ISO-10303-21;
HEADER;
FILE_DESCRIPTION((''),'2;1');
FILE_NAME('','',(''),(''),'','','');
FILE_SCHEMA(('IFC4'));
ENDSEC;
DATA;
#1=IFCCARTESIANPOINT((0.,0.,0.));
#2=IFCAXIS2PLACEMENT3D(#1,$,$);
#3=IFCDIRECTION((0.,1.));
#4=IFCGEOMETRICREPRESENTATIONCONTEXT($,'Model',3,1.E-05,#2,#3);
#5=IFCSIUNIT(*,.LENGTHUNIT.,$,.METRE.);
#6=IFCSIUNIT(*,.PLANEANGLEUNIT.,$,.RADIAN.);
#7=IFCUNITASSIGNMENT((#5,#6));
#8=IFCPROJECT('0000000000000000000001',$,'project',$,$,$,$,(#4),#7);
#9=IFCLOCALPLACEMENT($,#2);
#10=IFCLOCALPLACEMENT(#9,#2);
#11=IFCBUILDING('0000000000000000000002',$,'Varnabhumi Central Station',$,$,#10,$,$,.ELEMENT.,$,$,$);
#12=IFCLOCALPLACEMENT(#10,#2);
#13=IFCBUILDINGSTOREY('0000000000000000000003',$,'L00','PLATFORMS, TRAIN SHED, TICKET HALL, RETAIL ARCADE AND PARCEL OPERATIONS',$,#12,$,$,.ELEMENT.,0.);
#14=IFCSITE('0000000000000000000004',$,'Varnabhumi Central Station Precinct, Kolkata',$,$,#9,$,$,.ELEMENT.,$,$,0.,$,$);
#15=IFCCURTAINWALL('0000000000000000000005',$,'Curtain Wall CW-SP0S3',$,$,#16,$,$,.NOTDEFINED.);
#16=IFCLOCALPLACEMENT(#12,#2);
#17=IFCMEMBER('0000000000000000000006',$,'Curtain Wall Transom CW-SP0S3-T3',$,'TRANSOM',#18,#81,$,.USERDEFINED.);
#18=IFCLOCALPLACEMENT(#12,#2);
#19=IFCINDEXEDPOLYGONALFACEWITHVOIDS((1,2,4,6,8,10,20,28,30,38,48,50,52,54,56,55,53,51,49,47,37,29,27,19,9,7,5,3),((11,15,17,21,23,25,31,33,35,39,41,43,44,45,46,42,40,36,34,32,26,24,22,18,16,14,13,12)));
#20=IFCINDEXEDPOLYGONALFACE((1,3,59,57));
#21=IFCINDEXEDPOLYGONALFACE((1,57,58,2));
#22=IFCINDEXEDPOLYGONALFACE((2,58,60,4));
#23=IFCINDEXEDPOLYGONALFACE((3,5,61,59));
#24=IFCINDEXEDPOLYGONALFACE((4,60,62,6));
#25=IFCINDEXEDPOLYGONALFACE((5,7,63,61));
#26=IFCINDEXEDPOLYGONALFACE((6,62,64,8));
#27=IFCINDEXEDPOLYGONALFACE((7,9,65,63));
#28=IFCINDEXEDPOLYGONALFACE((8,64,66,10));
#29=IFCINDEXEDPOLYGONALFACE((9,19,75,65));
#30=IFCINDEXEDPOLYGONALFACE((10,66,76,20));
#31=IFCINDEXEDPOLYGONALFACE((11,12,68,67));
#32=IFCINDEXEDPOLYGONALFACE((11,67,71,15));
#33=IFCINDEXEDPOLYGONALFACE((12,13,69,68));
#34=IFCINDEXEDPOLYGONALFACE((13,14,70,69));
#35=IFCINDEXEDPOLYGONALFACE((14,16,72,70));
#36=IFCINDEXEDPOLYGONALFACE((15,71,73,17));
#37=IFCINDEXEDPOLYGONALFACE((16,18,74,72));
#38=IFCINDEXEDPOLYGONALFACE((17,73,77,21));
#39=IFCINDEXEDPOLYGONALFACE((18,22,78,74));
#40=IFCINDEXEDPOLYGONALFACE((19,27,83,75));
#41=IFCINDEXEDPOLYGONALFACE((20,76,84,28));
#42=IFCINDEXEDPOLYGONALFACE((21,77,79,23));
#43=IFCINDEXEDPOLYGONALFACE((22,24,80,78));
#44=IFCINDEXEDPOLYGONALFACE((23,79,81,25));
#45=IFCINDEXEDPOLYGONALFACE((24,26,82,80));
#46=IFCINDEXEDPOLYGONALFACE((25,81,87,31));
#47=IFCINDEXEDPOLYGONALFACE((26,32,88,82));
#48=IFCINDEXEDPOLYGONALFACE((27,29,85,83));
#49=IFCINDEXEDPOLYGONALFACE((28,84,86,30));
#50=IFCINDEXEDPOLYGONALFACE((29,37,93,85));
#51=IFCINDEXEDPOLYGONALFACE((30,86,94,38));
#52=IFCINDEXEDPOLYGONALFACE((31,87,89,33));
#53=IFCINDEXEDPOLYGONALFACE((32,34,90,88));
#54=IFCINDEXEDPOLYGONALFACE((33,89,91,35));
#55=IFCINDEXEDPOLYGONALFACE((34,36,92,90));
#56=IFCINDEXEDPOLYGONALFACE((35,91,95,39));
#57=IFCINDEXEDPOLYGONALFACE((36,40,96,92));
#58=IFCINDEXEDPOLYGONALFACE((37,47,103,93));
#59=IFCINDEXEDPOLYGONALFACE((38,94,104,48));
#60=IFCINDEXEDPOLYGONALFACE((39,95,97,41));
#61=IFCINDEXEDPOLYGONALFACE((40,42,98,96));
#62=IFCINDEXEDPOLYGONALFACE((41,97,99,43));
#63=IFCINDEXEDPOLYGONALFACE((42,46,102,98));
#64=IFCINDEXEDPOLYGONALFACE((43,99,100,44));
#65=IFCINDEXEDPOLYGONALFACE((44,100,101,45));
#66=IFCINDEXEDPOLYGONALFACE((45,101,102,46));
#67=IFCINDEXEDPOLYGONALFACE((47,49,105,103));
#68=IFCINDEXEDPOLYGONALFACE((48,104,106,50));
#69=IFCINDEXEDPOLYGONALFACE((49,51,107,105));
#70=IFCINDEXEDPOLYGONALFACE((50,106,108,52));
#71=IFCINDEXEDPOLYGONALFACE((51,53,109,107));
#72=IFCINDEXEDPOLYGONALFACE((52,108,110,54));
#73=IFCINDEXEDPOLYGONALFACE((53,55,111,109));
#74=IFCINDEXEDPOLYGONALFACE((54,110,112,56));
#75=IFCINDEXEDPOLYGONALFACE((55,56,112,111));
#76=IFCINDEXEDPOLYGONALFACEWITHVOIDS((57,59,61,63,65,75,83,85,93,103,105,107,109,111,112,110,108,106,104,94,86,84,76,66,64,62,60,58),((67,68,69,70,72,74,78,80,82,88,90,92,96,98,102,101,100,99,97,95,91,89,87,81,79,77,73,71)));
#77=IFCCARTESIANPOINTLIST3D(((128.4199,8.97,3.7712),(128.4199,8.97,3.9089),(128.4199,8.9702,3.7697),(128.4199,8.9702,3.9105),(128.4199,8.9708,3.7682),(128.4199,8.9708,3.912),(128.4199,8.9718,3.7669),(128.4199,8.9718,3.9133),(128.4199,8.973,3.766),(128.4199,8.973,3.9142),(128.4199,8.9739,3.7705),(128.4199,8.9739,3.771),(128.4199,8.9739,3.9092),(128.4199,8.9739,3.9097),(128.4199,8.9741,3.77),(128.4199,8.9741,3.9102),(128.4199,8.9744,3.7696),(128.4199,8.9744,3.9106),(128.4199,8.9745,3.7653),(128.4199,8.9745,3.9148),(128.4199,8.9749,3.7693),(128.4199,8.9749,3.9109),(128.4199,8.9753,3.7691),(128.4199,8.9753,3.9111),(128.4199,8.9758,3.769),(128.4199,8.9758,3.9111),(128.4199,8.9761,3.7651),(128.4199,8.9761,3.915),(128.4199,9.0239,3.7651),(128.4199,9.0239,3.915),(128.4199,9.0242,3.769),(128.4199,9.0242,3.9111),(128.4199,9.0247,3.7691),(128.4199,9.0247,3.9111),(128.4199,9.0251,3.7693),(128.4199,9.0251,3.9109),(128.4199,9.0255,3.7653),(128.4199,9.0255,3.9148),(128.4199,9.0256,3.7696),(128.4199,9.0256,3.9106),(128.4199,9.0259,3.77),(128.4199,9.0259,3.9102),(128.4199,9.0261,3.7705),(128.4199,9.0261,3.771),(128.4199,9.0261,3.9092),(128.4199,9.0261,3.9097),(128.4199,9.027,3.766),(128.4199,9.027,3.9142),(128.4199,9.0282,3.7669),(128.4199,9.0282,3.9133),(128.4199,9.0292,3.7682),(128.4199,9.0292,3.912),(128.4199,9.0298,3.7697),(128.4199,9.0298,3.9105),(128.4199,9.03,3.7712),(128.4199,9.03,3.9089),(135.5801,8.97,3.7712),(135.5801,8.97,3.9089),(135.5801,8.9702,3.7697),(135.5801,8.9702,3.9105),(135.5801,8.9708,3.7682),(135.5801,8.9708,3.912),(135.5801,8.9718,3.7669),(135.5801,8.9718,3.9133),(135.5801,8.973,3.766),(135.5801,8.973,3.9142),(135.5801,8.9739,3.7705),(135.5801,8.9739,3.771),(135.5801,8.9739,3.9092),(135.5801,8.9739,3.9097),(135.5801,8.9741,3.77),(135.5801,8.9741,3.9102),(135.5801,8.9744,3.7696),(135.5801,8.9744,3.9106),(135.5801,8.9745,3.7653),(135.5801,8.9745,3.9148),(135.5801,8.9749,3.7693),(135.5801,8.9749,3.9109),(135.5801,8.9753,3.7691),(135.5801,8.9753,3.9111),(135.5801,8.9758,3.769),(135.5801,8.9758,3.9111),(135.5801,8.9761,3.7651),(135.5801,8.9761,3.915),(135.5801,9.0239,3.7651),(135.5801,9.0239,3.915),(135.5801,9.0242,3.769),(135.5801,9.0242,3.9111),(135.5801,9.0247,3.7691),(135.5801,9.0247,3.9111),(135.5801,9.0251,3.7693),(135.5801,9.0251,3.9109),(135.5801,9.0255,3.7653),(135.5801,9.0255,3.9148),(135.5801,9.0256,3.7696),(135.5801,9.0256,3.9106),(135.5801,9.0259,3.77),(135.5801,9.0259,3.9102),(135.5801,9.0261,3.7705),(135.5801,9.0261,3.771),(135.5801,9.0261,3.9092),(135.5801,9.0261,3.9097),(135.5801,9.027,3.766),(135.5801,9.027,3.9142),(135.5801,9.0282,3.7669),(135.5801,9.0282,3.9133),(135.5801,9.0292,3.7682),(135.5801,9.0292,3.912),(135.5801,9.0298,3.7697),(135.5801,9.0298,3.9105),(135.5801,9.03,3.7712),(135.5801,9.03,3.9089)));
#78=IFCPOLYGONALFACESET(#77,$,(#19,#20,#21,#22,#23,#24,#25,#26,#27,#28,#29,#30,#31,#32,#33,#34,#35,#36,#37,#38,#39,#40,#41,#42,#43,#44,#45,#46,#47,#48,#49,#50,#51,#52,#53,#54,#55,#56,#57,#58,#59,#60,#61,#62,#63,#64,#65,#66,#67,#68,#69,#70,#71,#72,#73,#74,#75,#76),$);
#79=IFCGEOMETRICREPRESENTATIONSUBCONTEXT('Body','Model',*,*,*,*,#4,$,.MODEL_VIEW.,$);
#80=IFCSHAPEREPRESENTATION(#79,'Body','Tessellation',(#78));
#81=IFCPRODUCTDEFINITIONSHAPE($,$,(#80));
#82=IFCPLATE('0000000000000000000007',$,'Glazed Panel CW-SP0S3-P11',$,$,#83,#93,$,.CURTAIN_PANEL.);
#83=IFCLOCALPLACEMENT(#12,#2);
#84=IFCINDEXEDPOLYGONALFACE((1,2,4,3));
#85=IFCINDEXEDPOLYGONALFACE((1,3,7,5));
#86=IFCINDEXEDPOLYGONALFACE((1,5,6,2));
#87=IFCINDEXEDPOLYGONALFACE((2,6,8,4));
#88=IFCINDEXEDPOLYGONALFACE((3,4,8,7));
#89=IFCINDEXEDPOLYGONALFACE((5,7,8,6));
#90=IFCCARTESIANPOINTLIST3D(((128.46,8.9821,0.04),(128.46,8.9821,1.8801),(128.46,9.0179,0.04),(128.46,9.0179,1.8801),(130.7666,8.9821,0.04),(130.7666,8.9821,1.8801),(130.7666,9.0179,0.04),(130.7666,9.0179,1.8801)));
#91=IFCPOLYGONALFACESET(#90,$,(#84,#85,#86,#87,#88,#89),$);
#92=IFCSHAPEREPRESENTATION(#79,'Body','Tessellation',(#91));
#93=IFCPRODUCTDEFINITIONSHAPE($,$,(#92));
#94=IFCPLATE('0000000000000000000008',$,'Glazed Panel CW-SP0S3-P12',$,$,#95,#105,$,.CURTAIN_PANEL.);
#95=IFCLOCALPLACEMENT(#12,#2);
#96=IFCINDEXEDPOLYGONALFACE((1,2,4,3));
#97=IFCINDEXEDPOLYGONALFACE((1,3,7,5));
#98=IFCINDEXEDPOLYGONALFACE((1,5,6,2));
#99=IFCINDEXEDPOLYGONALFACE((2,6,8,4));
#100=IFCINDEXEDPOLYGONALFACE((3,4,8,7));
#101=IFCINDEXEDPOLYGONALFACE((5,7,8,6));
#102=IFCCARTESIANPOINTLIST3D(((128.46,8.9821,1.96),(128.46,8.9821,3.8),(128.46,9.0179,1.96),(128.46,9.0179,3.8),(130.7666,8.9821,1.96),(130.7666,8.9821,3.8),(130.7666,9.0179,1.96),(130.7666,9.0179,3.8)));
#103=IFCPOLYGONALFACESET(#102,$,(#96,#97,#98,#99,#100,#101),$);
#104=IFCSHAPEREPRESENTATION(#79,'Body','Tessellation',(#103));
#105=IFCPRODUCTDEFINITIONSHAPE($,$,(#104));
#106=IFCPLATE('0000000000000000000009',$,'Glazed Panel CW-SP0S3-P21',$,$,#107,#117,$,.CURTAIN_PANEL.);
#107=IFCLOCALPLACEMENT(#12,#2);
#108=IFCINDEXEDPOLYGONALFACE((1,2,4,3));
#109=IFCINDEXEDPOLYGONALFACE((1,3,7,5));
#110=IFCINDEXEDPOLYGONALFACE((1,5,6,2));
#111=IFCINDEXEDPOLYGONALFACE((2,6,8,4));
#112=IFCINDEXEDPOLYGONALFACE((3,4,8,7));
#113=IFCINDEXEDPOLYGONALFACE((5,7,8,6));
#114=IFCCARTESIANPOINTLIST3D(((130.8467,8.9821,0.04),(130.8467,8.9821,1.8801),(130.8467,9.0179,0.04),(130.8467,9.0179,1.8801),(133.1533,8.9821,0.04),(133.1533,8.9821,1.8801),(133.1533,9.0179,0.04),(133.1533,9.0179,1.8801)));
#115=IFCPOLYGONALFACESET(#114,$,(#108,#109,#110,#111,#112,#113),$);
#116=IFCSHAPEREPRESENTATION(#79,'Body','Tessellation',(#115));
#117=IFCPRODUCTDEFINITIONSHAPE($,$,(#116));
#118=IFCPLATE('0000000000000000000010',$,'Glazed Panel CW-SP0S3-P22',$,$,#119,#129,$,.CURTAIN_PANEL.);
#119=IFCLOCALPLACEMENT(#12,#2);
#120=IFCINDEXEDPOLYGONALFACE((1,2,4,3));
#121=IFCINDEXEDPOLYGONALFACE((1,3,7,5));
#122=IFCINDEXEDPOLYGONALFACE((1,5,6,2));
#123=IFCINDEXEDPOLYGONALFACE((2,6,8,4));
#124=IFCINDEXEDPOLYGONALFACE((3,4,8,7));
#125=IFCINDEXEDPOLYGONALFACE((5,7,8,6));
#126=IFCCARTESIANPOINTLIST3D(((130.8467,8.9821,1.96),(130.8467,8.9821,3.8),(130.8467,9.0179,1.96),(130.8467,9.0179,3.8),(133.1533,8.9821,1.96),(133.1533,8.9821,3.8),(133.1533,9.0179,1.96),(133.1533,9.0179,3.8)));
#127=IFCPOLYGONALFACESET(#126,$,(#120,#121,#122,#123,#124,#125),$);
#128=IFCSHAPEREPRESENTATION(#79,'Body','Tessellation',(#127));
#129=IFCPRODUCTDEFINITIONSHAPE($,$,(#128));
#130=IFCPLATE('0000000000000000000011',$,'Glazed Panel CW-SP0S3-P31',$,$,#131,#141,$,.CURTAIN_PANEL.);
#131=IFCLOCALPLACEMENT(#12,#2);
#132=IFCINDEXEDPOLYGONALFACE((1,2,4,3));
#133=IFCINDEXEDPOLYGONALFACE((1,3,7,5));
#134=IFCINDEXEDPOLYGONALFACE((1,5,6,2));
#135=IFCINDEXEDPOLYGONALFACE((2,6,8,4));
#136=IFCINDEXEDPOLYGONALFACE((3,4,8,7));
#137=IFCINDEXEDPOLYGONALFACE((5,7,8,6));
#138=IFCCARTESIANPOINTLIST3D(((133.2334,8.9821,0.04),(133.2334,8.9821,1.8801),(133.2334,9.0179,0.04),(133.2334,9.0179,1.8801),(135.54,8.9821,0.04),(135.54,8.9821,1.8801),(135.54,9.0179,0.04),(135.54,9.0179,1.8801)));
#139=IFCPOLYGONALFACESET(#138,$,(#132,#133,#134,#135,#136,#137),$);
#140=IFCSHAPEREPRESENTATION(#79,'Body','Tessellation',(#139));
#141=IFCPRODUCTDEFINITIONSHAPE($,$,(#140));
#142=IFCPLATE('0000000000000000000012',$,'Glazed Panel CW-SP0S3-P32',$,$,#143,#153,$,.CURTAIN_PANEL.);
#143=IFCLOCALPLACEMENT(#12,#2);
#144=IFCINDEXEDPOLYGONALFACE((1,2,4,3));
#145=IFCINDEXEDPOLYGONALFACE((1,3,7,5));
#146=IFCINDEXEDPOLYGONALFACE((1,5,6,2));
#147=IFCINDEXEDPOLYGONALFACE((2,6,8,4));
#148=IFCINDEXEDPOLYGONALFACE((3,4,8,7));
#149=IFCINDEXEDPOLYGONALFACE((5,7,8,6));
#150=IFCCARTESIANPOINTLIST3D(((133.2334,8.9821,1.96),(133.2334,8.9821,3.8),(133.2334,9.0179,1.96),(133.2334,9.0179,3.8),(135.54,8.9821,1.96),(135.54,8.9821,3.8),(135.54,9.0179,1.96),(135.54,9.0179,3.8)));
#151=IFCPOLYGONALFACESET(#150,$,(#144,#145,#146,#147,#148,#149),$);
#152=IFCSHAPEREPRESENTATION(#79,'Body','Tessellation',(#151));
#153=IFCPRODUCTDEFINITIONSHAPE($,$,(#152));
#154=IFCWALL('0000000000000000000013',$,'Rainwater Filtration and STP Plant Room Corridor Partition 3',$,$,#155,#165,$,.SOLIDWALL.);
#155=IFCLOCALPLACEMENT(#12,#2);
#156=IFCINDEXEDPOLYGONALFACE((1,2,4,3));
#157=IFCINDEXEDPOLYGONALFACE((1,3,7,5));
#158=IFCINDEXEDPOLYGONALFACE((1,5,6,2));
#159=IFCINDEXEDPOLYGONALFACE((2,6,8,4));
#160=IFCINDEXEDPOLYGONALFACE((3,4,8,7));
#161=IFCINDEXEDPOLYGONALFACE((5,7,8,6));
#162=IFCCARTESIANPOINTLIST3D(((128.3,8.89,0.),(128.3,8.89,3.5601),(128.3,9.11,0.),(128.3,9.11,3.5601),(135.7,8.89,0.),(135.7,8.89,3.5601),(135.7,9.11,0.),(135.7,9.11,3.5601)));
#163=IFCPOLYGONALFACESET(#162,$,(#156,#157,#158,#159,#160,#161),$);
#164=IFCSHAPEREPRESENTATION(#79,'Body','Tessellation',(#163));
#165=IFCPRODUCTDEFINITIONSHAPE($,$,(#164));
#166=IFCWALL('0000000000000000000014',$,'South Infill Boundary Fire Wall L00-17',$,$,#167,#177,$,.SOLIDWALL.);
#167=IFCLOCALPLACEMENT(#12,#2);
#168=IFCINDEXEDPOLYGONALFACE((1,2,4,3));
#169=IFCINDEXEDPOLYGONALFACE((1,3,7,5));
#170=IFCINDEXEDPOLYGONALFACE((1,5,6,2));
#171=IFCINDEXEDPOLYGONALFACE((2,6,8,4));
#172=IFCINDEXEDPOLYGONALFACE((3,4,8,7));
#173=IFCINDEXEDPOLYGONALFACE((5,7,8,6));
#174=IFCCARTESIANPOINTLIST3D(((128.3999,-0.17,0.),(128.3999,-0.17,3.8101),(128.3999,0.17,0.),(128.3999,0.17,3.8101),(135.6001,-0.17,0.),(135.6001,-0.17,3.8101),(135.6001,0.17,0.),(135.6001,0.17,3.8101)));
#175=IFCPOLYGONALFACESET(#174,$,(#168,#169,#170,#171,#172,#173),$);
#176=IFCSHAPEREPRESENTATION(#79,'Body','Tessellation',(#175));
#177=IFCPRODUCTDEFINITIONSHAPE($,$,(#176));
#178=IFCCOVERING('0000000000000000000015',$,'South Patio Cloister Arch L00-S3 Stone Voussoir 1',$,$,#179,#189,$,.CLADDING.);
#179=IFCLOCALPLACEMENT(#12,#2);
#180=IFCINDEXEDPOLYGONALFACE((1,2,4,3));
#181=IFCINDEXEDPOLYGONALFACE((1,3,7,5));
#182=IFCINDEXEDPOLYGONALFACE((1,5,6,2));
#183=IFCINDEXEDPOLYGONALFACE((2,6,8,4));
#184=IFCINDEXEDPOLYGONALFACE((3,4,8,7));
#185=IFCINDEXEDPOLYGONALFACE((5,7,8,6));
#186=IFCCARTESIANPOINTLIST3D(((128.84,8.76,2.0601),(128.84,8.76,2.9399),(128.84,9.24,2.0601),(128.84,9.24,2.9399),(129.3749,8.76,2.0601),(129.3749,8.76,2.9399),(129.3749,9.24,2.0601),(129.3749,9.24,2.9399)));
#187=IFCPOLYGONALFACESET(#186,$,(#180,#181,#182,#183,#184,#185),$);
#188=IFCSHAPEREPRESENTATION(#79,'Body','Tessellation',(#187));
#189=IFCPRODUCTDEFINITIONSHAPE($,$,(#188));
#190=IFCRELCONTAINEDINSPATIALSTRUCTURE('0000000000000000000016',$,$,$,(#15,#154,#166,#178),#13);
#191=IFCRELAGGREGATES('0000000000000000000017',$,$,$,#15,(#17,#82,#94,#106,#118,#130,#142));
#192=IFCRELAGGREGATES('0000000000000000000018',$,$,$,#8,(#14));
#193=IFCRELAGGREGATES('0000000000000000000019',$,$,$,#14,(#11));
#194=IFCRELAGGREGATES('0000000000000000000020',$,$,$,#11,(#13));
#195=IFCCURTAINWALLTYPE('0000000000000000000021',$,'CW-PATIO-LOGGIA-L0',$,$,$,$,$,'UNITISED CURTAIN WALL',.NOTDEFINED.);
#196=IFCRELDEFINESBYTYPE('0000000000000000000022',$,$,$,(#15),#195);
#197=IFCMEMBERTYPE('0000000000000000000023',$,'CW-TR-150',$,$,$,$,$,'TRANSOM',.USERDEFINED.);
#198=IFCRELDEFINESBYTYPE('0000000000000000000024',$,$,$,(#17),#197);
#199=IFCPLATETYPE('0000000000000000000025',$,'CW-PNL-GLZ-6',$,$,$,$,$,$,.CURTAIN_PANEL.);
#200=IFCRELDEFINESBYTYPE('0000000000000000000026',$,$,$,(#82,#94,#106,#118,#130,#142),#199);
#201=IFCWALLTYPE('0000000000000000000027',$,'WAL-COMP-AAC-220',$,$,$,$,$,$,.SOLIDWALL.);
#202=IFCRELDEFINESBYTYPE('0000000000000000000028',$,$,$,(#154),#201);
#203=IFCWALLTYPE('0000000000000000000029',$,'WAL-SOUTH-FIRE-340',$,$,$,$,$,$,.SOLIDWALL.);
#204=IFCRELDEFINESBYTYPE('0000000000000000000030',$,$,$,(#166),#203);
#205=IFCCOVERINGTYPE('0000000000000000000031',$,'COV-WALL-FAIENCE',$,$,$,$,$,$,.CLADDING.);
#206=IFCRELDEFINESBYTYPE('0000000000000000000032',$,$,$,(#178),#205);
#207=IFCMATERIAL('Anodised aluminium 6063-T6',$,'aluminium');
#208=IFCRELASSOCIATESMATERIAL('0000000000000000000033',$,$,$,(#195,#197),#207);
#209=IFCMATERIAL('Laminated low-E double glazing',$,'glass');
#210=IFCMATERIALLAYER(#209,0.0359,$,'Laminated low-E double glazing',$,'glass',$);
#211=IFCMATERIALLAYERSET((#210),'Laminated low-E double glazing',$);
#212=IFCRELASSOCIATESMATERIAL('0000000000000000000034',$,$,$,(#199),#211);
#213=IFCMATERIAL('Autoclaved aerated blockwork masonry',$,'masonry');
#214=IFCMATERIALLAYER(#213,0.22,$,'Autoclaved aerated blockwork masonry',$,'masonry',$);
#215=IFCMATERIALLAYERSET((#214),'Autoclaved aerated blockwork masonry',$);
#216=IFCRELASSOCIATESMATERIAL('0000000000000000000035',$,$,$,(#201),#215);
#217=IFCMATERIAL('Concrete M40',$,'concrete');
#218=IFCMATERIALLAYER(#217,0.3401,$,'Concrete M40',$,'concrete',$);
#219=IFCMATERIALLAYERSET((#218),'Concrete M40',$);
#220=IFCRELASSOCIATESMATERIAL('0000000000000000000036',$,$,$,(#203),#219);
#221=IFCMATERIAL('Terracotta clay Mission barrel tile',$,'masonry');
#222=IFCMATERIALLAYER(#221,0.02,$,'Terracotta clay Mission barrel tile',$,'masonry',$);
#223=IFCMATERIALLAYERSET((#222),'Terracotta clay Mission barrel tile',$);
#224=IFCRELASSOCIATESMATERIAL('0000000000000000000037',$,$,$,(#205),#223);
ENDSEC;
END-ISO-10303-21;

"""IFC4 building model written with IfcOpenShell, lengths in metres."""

from ifc_helpers import new_model, si_unit, direction, frame, frame_2d, origin, origin_2d, place, context, subcontext, project, spatial, rectangle, hollow_rectangle, extrude, material, layer, layer_set, material_profile, profile_set, type_object, element, aggregate, save


model = new_model("IFC4")

# Units and contexts
model_context = context("Model", 3, precision=1e-05, world=origin(), true_north=direction((0.0, 1.0)))
body_context = subcontext(model_context, "Body", "Model", "MODEL_VIEW")
ifc_project = project(units=[si_unit("LENGTHUNIT", "METRE"), si_unit("PLANEANGLEUNIT", "RADIAN")], contexts=[model_context])

# Site, building, storey
site_placement = place(None, origin())
site = spatial("IfcSite", under=ifc_project, at=site_placement, Name="Varnabhumi Central Station Precinct, Kolkata", CompositionType="ELEMENT", RefElevation=0.0)
building_placement = place(site_placement, origin())
building = spatial("IfcBuilding", under=site, at=building_placement, Name="Varnabhumi Central Station", CompositionType="ELEMENT")
storey_placement = place(building_placement, origin())
storey = spatial("IfcBuildingStorey", under=building, at=storey_placement, Name="L00", Description="PLATFORMS, TRAIN SHED, TICKET HALL, RETAIL ARCADE AND PARCEL OPERATIONS", CompositionType="ELEMENT", Elevation=0.0)

# Shared definitions
ifc_material_1 = material(Name="Concrete M40", Category="concrete")

# Curtain wall, member, plates
ifc_material_2 = material(Name="Anodised aluminium 6063-T6", Category="aluminium")
curtain_wall_type = type_object("IfcCurtainWallType", Name="CW-PATIO-LOGGIA-L0", ElementType="UNITISED CURTAIN WALL", PredefinedType="NOTDEFINED", material=ifc_material_2)
curtain_wall_placement = place(storey_placement, origin())
curtain_wall = element("IfcCurtainWall", 1, at=curtain_wall_placement, inside=storey, type_object=curtain_wall_type, Name="Curtain Wall CW-SP0S3", PredefinedType="NOTDEFINED")
ifc_material_profile_1 = material_profile(ifc_material_2, hollow_rectangle(XDim=0.0601, YDim=0.1499, WallThickness=0.0039, InnerFilletRadius=0.002, OuterFilletRadius=0.0061, at=origin_2d()), Name="Anodised aluminium 6063-T6", Category="aluminium")
ifc_profile_set_1 = profile_set([ifc_material_profile_1], Name="Anodised aluminium 6063-T6")
member_type_1 = type_object("IfcMemberType", Name="CW-TR-150", ElementType="TRANSOM", PredefinedType="USERDEFINED", material=ifc_profile_set_1)
member_1_placement = place(storey_placement, frame((128.4199, 9.0, 3.8401), z_axis=(1.0, 0.0, 0.0), x_axis=(0.0, 1.0, 0.0)))
member_1 = element("IfcMember", 2, at=member_1_placement, type_object=member_type_1, Name="Curtain Wall Transom CW-SP0S3-T3", ObjectType="TRANSOM", PredefinedType="USERDEFINED", context=body_context, shape_type="SweptSolid", body=[
    extrude(hollow_rectangle(XDim=0.0601, YDim=0.1499, WallThickness=0.0039, InnerFilletRadius=0.002, OuterFilletRadius=0.0061, at=origin_2d()), origin(), (0.0, 0.0, 1.0), 7.1602),
])
ifc_material_3 = material(Name="Laminated low-E double glazing", Category="glass")
ifc_layer_1 = layer(ifc_material_3, 0.0359, Name="Laminated low-E double glazing", Category="glass")
ifc_layer_set_1 = layer_set([ifc_layer_1], Name="Laminated low-E double glazing")
plate_type = type_object("IfcPlateType", Name="CW-PNL-GLZ-6", PredefinedType="CURTAIN_PANEL", material=ifc_layer_set_1)
plate_1_placement = place(storey_placement, frame((129.6133, 9.0, 0.04), z_axis=(0.0, 0.0, 1.0), x_axis=(1.0, 0.0, 0.0)))
plate_1 = element("IfcPlate", 3, at=plate_1_placement, type_object=plate_type, Name="Glazed Panel CW-SP0S3-P11", PredefinedType="CURTAIN_PANEL", context=body_context, shape_type="SweptSolid", body=[
    extrude(rectangle(XDim=2.3066, YDim=0.0359, at=origin_2d()), origin(), (0.0, 0.0, 1.0), 1.8401),
])
plate_2_placement = place(storey_placement, frame((129.6133, 9.0, 1.96), z_axis=(0.0, 0.0, 1.0), x_axis=(1.0, 0.0, 0.0)))
plate_2 = element("IfcPlate", 4, at=plate_2_placement, type_object=plate_type, Name="Glazed Panel CW-SP0S3-P12", PredefinedType="CURTAIN_PANEL", context=body_context, shape_type="SweptSolid", body=[
    extrude(rectangle(XDim=2.3066, YDim=0.0359, at=origin_2d()), origin(), (0.0, 0.0, 1.0), 1.8401),
])
plate_3_placement = place(storey_placement, frame((132.0, 9.0, 0.04), z_axis=(0.0, 0.0, 1.0), x_axis=(1.0, 0.0, 0.0)))
plate_3 = element("IfcPlate", 5, at=plate_3_placement, type_object=plate_type, Name="Glazed Panel CW-SP0S3-P21", PredefinedType="CURTAIN_PANEL", context=body_context, shape_type="SweptSolid", body=[
    extrude(rectangle(XDim=2.3066, YDim=0.0359, at=origin_2d()), origin(), (0.0, 0.0, 1.0), 1.8401),
])
plate_4_placement = place(storey_placement, frame((132.0, 9.0, 1.96), z_axis=(0.0, 0.0, 1.0), x_axis=(1.0, 0.0, 0.0)))
plate_4 = element("IfcPlate", 6, at=plate_4_placement, type_object=plate_type, Name="Glazed Panel CW-SP0S3-P22", PredefinedType="CURTAIN_PANEL", context=body_context, shape_type="SweptSolid", body=[
    extrude(rectangle(XDim=2.3066, YDim=0.0359, at=origin_2d()), origin(), (0.0, 0.0, 1.0), 1.8401),
])
plate_5_placement = place(storey_placement, frame((134.3867, 9.0, 0.04), z_axis=(0.0, 0.0, 1.0), x_axis=(1.0, 0.0, 0.0)))
plate_5 = element("IfcPlate", 7, at=plate_5_placement, type_object=plate_type, Name="Glazed Panel CW-SP0S3-P31", PredefinedType="CURTAIN_PANEL", context=body_context, shape_type="SweptSolid", body=[
    extrude(rectangle(XDim=2.3066, YDim=0.0359, at=origin_2d()), origin(), (0.0, 0.0, 1.0), 1.8401),
])
plate_6_placement = place(storey_placement, frame((134.3867, 9.0, 1.96), z_axis=(0.0, 0.0, 1.0), x_axis=(1.0, 0.0, 0.0)))
plate_6 = element("IfcPlate", 8, at=plate_6_placement, type_object=plate_type, Name="Glazed Panel CW-SP0S3-P32", PredefinedType="CURTAIN_PANEL", context=body_context, shape_type="SweptSolid", body=[
    extrude(rectangle(XDim=2.3066, YDim=0.0359, at=origin_2d()), origin(), (0.0, 0.0, 1.0), 1.8401),
])
aggregate(curtain_wall, [member_1, plate_1, plate_2, plate_3, plate_4, plate_5, plate_6])

# Walls
ifc_material_4 = material(Name="Autoclaved aerated blockwork masonry", Category="masonry")
ifc_layer_2 = layer(ifc_material_4, 0.22, Name="Autoclaved aerated blockwork masonry", Category="masonry")
ifc_layer_set_2 = layer_set([ifc_layer_2], Name="Autoclaved aerated blockwork masonry")
wall_type_1 = type_object("IfcWallType", Name="WAL-COMP-AAC-220", PredefinedType="SOLIDWALL", material=ifc_layer_set_2)
wall_1_placement = place(storey_placement, frame((128.3, 9.0, 0.0), z_axis=(0.0, 0.0, 1.0), x_axis=(1.0, 0.0, 0.0)))
element("IfcWall", 9, at=wall_1_placement, inside=storey, type_object=wall_type_1, Name="Rainwater Filtration and STP Plant Room Corridor Partition 3", PredefinedType="SOLIDWALL", context=body_context, shape_type="SweptSolid", body=[
    extrude(rectangle(XDim=7.3999, YDim=0.22, at=frame_2d((3.7, 0.0))), origin(), (0.0, 0.0, 1.0), 3.5601),
])
ifc_layer_3 = layer(ifc_material_1, 0.3401, Name="Concrete M40", Category="concrete")
ifc_layer_set_3 = layer_set([ifc_layer_3], Name="Concrete M40")
wall_type_2 = type_object("IfcWallType", Name="WAL-SOUTH-FIRE-340", PredefinedType="SOLIDWALL", material=ifc_layer_set_3)
wall_2_placement = place(storey_placement, frame((128.3999, 0.0, 0.0), z_axis=(0.0, 0.0, 1.0), x_axis=(1.0, 0.0, 0.0)))
element("IfcWall", 10, at=wall_2_placement, inside=storey, type_object=wall_type_2, Name="South Infill Boundary Fire Wall L00-17", PredefinedType="SOLIDWALL", context=body_context, shape_type="SweptSolid", body=[
    extrude(rectangle(XDim=7.2002, YDim=0.3401, at=frame_2d((3.6001, 0.0))), origin(), (0.0, 0.0, 1.0), 3.8101),
])

# Covering
ifc_material_5 = material(Name="Terracotta clay Mission barrel tile", Category="masonry")
ifc_layer_4 = layer(ifc_material_5, 0.02, Name="Terracotta clay Mission barrel tile", Category="masonry")
ifc_layer_set_4 = layer_set([ifc_layer_4], Name="Terracotta clay Mission barrel tile")
covering_type = type_object("IfcCoveringType", Name="COV-WALL-FAIENCE", PredefinedType="CLADDING", material=ifc_layer_set_4)
covering_1_placement = place(storey_placement, frame((129.1074, 9.0, 2.0601), z_axis=(0.0, 0.0, 1.0), x_axis=(1.0, 0.0, 0.0)))
element("IfcCovering", 11, at=covering_1_placement, inside=storey, type_object=covering_type, Name="South Patio Cloister Arch L00-S3 Stone Voussoir 1", PredefinedType="CLADDING", context=body_context, shape_type="SweptSolid", body=[
    extrude(rectangle(XDim=0.5349, YDim=0.48, at=origin_2d()), origin(), (0.0, 0.0, 1.0), 0.8799),
])

save(model, "model.ifc")
